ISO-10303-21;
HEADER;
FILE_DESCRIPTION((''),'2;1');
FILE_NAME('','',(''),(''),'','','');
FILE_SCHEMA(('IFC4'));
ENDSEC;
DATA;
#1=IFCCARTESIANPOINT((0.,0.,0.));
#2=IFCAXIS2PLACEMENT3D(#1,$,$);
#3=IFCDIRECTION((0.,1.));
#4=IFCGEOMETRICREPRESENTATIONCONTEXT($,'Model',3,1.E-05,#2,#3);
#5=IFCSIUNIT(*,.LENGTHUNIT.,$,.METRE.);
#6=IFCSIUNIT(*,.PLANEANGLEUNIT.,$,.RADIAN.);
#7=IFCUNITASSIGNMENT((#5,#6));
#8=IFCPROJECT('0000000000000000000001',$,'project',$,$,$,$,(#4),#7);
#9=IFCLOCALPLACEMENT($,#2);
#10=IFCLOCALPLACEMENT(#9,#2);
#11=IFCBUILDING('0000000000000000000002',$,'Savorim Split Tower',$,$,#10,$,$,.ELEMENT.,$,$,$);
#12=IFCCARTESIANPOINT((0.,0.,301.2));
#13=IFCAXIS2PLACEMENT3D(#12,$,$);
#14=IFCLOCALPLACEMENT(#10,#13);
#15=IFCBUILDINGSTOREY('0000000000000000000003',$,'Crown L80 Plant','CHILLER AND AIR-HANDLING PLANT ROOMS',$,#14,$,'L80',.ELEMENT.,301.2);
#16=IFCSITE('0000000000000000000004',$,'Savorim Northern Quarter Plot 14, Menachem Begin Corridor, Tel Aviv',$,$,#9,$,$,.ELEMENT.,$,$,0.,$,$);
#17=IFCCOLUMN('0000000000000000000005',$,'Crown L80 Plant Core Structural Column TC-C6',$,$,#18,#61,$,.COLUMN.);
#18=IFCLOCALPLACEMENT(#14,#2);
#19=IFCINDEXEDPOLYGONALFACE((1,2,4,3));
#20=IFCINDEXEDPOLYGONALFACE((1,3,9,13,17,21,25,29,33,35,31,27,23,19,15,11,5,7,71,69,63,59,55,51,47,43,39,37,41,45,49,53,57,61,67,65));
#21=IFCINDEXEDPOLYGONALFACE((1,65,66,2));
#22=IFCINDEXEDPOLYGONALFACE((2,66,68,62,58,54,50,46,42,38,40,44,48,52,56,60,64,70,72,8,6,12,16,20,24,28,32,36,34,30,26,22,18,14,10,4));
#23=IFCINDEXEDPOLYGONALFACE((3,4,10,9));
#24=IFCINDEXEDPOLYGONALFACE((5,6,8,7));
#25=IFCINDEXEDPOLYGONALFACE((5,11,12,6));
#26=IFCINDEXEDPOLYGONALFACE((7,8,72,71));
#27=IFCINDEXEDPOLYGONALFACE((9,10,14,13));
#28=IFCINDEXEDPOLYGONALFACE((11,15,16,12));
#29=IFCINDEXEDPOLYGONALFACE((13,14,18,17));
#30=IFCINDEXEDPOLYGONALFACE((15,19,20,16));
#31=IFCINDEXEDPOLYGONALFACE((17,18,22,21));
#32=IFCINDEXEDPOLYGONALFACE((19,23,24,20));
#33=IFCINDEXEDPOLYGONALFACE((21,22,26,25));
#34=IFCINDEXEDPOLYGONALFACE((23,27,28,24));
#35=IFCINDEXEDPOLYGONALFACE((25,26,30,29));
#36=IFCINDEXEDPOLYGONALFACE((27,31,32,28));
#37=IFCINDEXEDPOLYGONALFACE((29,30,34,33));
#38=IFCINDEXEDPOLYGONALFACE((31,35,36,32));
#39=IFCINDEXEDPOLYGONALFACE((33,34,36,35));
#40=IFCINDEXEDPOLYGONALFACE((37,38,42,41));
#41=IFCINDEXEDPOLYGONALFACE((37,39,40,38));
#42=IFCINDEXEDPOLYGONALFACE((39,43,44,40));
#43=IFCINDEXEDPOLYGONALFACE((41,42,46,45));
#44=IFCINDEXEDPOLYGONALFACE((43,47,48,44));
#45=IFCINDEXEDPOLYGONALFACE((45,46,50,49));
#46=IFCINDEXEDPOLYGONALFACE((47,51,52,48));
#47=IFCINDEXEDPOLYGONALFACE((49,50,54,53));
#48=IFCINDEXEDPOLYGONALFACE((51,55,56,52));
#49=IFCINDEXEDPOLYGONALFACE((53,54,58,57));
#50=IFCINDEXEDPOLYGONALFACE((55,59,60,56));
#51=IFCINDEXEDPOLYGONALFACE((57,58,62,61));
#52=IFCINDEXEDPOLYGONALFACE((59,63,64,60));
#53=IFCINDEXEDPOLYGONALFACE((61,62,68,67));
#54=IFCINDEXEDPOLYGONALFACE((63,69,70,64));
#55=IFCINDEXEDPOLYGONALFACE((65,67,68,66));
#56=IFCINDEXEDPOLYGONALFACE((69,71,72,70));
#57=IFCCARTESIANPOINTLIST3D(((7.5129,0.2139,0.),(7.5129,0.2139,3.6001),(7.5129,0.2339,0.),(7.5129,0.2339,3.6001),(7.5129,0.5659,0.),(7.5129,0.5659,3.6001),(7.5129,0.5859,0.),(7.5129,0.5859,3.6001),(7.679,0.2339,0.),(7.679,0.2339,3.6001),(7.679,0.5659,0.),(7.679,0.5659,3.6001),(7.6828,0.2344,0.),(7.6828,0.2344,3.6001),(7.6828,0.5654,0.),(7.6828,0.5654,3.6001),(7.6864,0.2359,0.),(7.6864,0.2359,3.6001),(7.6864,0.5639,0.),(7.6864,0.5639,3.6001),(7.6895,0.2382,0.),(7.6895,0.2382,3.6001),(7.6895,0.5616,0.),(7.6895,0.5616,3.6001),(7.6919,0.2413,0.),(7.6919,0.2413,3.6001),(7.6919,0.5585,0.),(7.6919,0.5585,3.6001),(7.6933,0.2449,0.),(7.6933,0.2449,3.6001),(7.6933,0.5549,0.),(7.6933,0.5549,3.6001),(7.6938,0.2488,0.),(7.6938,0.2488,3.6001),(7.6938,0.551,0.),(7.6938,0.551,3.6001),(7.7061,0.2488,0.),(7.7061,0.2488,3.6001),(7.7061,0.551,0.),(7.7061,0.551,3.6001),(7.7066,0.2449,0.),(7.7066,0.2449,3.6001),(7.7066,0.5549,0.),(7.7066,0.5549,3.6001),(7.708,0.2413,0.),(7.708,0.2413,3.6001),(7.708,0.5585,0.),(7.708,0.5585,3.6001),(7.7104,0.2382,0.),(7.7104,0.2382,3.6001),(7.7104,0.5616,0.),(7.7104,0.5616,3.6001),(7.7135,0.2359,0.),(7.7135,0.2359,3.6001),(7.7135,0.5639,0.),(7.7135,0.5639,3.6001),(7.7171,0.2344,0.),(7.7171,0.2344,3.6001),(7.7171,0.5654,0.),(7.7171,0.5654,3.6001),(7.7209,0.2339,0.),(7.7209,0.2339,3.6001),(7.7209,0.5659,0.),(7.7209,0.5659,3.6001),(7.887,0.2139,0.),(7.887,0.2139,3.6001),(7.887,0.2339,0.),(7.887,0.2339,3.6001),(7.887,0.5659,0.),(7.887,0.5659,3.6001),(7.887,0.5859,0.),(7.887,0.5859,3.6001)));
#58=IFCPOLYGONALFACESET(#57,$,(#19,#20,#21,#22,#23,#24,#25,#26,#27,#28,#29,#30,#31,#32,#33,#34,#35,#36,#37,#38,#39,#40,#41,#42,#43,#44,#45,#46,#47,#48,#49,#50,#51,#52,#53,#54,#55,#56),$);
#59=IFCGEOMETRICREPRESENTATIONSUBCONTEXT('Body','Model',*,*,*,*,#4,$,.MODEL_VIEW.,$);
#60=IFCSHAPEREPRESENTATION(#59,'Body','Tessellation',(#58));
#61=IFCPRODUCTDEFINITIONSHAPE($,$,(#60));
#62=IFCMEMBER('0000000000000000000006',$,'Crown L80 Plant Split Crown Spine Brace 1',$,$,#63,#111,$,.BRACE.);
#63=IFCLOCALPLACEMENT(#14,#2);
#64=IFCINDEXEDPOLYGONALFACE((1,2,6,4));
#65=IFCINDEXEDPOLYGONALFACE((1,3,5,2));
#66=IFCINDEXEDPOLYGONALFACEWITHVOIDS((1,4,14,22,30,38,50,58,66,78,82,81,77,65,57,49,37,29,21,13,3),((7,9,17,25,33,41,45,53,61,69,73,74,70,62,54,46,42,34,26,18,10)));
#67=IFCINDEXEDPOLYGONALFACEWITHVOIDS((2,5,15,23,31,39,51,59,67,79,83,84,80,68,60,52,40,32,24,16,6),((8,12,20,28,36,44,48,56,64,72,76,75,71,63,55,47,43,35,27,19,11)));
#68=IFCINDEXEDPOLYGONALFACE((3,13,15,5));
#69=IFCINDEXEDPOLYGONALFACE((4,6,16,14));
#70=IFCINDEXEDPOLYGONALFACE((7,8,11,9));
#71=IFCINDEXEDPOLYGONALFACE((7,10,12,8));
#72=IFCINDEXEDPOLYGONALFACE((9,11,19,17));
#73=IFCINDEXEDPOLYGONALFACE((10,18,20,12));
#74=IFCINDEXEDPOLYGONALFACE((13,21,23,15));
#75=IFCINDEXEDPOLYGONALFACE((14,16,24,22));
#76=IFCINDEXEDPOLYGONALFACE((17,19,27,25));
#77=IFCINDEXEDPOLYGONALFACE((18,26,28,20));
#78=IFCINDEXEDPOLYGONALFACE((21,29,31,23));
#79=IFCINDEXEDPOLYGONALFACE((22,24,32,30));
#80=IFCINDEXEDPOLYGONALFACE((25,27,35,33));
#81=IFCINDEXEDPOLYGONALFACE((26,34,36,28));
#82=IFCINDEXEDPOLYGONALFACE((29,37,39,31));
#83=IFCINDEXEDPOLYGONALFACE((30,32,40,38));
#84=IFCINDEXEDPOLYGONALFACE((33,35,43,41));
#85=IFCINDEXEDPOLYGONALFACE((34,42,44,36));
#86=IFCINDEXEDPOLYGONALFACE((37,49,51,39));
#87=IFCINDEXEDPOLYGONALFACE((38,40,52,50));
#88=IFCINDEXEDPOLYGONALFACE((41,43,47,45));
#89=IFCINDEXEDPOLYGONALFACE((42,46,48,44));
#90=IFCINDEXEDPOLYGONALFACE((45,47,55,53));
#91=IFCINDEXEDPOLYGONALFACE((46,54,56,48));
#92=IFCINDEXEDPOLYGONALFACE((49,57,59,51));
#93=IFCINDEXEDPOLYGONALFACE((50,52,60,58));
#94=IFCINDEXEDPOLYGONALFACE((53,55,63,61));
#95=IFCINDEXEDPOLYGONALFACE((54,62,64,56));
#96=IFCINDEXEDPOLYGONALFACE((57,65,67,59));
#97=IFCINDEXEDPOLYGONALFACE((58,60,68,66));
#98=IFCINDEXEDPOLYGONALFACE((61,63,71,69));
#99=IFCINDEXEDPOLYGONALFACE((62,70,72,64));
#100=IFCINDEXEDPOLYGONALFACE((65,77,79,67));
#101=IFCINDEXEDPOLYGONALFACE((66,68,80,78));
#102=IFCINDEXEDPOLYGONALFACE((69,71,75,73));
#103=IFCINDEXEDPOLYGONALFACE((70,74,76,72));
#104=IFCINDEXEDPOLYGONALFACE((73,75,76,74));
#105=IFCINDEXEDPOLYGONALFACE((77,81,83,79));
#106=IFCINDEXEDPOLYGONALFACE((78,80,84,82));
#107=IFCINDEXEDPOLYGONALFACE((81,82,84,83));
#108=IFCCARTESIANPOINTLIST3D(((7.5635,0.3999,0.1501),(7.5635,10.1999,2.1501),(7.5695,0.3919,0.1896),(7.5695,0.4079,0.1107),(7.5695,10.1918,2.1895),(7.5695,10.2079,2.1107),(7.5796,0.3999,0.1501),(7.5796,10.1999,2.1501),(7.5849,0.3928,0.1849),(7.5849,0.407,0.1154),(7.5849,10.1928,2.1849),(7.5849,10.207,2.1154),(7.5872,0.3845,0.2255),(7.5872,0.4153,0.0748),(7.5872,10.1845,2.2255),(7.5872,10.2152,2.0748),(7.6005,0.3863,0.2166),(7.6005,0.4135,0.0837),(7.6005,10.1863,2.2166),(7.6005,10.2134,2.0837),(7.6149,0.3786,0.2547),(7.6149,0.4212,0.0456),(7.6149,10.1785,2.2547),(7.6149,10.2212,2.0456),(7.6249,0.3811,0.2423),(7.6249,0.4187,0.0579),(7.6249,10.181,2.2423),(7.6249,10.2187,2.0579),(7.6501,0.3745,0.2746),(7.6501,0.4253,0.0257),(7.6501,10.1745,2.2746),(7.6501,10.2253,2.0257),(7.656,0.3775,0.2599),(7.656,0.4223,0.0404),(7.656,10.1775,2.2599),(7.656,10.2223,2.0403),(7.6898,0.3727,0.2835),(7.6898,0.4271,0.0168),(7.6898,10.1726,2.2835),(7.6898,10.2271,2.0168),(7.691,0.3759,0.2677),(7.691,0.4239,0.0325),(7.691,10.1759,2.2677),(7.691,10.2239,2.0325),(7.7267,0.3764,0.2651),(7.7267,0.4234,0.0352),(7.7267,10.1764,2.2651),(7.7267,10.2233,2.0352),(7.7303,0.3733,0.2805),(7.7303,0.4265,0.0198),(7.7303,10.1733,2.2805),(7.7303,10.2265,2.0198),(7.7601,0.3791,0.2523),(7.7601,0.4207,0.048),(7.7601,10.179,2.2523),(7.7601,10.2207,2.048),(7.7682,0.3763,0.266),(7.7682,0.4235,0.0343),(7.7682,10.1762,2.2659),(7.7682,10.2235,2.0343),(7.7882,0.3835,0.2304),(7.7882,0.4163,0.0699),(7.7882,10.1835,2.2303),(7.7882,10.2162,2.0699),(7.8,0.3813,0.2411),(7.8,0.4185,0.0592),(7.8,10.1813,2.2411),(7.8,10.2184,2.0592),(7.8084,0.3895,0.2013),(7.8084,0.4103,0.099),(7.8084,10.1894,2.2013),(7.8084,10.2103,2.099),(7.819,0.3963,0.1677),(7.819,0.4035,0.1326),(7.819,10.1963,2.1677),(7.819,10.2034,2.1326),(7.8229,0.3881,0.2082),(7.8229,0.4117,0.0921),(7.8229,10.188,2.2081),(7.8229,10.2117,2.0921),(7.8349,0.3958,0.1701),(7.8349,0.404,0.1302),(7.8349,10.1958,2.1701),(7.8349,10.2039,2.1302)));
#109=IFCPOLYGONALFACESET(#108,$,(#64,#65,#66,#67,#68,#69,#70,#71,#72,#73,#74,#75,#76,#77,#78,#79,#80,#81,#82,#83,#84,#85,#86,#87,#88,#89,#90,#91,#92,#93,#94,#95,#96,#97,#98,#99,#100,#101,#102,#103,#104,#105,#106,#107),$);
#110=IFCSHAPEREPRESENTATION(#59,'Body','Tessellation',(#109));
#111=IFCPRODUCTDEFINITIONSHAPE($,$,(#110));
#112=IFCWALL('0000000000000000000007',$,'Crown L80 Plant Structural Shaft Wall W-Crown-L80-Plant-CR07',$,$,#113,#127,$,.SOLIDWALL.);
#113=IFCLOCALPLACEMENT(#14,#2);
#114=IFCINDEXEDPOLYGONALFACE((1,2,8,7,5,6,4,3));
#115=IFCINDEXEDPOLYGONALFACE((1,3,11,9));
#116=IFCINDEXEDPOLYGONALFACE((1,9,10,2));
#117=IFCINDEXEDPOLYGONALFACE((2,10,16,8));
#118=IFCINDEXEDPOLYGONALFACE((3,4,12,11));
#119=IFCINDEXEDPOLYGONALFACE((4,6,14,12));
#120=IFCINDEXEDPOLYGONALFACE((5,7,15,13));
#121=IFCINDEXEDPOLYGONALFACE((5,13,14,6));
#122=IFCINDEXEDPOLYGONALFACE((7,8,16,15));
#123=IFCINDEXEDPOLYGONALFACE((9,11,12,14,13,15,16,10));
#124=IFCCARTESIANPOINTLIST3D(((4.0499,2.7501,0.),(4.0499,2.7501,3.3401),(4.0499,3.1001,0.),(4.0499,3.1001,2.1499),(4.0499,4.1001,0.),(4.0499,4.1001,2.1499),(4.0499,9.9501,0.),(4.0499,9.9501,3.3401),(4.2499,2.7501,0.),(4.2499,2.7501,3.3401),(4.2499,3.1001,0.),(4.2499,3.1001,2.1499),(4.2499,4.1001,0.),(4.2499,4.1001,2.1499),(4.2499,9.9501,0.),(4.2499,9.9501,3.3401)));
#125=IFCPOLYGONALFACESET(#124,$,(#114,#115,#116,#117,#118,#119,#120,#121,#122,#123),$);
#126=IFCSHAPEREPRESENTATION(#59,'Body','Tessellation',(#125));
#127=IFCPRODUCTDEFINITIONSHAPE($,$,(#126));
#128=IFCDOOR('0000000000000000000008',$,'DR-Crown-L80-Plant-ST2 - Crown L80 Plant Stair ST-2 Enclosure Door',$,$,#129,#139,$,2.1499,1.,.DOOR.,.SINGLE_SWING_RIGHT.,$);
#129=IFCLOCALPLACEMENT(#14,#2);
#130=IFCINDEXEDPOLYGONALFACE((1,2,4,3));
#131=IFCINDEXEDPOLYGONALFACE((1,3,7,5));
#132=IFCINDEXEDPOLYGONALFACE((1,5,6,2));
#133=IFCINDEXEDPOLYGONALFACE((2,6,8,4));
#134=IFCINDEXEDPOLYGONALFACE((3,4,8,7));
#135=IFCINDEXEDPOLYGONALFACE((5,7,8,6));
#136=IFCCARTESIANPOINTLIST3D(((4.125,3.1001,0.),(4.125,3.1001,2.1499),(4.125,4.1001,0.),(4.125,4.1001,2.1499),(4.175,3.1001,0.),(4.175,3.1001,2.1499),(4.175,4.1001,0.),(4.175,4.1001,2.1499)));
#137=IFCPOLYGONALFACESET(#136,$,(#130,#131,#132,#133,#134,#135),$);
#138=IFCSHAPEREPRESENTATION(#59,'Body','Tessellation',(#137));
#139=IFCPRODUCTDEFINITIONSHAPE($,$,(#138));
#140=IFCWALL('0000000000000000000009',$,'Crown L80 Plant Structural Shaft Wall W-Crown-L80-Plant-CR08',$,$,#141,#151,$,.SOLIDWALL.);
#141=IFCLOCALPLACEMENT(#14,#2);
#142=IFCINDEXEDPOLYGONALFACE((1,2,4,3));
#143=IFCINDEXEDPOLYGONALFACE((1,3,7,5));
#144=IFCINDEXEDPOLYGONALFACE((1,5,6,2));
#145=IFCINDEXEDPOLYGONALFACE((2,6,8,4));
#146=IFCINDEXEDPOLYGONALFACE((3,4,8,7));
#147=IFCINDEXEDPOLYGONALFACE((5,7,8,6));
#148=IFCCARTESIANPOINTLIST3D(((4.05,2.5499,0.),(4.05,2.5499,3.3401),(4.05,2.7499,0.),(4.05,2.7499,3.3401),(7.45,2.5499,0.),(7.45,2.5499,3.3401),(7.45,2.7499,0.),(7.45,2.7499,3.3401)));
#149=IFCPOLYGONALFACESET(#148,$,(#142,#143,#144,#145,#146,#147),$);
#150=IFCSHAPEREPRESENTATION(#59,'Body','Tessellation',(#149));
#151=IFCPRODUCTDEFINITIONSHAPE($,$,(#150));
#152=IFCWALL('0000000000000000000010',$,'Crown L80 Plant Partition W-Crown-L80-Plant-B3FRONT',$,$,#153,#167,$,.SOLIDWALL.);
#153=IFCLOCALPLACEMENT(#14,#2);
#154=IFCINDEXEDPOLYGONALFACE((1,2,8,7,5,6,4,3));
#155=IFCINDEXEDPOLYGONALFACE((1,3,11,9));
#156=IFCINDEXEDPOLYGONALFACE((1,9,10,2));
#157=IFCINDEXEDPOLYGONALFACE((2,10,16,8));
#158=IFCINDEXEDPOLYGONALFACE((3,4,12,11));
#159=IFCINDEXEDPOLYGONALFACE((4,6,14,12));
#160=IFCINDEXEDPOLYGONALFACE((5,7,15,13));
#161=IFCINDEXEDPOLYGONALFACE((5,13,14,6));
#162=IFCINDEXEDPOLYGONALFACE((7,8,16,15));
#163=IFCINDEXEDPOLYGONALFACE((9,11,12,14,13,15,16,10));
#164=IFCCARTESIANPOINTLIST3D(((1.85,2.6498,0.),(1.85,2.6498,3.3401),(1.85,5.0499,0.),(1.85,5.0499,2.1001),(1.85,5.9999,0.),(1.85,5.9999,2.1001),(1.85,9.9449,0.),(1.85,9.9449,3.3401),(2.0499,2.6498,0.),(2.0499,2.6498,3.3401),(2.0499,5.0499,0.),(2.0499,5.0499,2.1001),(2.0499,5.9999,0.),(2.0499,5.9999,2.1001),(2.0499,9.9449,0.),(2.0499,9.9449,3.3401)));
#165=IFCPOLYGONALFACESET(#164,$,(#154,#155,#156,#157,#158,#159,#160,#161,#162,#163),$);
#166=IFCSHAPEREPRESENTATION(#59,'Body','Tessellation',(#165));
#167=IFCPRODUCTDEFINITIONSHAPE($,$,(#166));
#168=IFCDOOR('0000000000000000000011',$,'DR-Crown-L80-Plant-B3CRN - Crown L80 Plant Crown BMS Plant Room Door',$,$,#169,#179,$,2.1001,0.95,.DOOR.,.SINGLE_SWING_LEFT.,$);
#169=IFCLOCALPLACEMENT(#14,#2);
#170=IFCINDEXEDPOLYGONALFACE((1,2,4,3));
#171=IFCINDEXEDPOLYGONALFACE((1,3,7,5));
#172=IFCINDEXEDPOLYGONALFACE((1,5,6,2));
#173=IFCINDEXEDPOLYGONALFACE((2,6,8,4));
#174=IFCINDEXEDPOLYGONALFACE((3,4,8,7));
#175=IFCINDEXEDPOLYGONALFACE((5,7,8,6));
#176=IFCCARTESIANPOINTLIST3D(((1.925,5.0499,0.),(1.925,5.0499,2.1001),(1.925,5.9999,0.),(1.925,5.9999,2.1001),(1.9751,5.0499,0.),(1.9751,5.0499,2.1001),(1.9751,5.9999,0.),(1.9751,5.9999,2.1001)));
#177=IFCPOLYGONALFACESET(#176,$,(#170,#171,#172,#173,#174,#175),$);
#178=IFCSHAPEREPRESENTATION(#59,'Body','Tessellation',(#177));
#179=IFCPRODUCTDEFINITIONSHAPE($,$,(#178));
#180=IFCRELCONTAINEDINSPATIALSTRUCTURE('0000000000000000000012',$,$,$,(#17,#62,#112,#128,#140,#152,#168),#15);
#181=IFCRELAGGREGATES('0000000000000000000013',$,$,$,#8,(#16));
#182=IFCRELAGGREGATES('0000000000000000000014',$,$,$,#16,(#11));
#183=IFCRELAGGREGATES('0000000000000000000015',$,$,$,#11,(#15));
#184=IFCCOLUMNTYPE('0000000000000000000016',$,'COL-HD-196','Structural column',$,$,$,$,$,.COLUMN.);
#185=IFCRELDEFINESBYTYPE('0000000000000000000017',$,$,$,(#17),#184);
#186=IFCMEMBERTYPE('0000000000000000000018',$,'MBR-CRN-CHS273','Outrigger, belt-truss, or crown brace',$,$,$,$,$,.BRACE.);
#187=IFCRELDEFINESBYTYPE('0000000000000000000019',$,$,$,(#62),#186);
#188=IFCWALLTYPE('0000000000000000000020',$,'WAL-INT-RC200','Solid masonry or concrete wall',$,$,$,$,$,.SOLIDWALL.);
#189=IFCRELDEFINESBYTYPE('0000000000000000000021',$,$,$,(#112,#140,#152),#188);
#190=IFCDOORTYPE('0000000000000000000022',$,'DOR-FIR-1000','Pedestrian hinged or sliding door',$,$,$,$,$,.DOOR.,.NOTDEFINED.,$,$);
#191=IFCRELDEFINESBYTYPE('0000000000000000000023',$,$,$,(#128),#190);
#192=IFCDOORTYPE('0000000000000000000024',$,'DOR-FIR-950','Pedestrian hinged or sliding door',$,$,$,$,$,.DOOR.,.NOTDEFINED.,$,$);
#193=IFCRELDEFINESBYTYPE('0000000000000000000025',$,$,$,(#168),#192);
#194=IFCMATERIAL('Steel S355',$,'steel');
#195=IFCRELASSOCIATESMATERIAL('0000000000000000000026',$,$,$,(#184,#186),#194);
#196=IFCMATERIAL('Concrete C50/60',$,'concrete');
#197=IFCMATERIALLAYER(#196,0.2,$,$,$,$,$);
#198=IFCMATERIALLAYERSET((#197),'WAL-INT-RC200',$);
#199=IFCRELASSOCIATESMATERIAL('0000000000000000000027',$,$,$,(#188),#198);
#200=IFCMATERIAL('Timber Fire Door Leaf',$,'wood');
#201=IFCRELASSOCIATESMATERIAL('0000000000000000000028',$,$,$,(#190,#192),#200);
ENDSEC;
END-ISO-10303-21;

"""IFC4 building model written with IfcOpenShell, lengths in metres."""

from ifc_helpers import new_model, si_unit, direction, frame, frame_2d, origin, origin_2d, place, context, subcontext, project, spatial, rectangle, hollow_circle, i_section, extrude, material, layer, layer_set, material_profile, profile_set, type_object, element, fill, save


model = new_model("IFC4")

# Units and contexts
model_context = context("Model", 3, precision=1e-05, world=origin(), true_north=direction((0.0, 1.0)))
body_context = subcontext(model_context, "Body", "Model", "MODEL_VIEW")
ifc_project = project(units=[si_unit("LENGTHUNIT", "METRE"), si_unit("PLANEANGLEUNIT", "RADIAN")], contexts=[model_context])

# Site, building, storey
site_placement = place(None, origin())
site = spatial("IfcSite", under=ifc_project, at=site_placement, Name="Savorim Northern Quarter Plot 14, Menachem Begin Corridor, Tel Aviv", CompositionType="ELEMENT", RefElevation=0.0)
building_placement = place(site_placement, origin())
building = spatial("IfcBuilding", under=site, at=building_placement, Name="Savorim Split Tower", CompositionType="ELEMENT")
storey_placement = place(building_placement, frame((0.0, 0.0, 301.2)))
storey = spatial("IfcBuildingStorey", under=building, at=storey_placement, Name="Crown L80 Plant", Description="CHILLER AND AIR-HANDLING PLANT ROOMS", LongName="L80", CompositionType="ELEMENT", Elevation=301.2)

# Column
ifc_material_1 = material(Name="Steel S355", Category="steel")
ifc_material_profile_1 = material_profile(ifc_material_1, i_section(OverallWidth=0.374, OverallDepth=0.3721, WebThickness=0.0122, FlangeThickness=0.02, FilletRadius=0.0149, at=origin_2d()), Name="HD 360x196")
ifc_profile_set_1 = profile_set([ifc_material_profile_1], Name="Steel S355")
column_type = type_object("IfcColumnType", Name="COL-HD-196", Description="Structural column", PredefinedType="COLUMN", material=ifc_profile_set_1)
column_placement = place(storey_placement, frame((7.7, 0.3999, 0.0), z_axis=(0.0, 0.0, 1.0), x_axis=(1.0, 0.0, 0.0)))
element("IfcColumn", 1, at=column_placement, inside=storey, type_object=column_type, Name="Crown L80 Plant Core Structural Column TC-C6", PredefinedType="COLUMN", context=body_context, shape_type="SweptSolid", body=[
    extrude(i_section(OverallWidth=0.374, OverallDepth=0.3721, WebThickness=0.0122, FlangeThickness=0.02, FilletRadius=0.0149, at=origin_2d()), origin(), (0.0, 0.0, 1.0), 3.6001),
])

# Member
ifc_material_profile_2 = material_profile(ifc_material_1, hollow_circle(Radius=0.1365, WallThickness=0.0161, at=origin_2d()), Name="CHS 273x16")
ifc_profile_set_2 = profile_set([ifc_material_profile_2], Name="Steel S355")
member_type = type_object("IfcMemberType", Name="MBR-CRN-CHS273", Description="Outrigger, belt-truss, or crown brace", PredefinedType="BRACE", material=ifc_profile_set_2)
member_placement = place(storey_placement, frame((7.7, 0.3999, 0.1501), z_axis=(0.0, 0.979804, 0.199959), x_axis=(-1.0, 0.0, 0.0)))
element("IfcMember", 2, at=member_placement, inside=storey, type_object=member_type, Name="Crown L80 Plant Split Crown Spine Brace 1", PredefinedType="BRACE", context=body_context, shape_type="SweptSolid", body=[
    extrude(hollow_circle(Radius=0.1365, WallThickness=0.0161, at=origin_2d()), origin(), (0.0, 0.0, 1.0), 10.002),
])

# Wall, opening, door
ifc_material_2 = material(Name="Concrete C50/60", Category="concrete")
ifc_layer_1 = layer(ifc_material_2, 0.2)
ifc_layer_set_1 = layer_set([ifc_layer_1], Name="WAL-INT-RC200")
wall_type = type_object("IfcWallType", Name="WAL-INT-RC200", Description="Solid masonry or concrete wall", PredefinedType="SOLIDWALL", material=ifc_layer_set_1)
wall_1_placement = place(storey_placement, frame((4.1499, 2.75, 0.0), z_axis=(0.0, 0.0, 1.0), x_axis=(0.0, 1.0, 0.0)))
wall_1 = element("IfcWall", 3, at=wall_1_placement, inside=storey, type_object=wall_type, Name="Crown L80 Plant Structural Shaft Wall W-Crown-L80-Plant-CR07", PredefinedType="SOLIDWALL", context=body_context, shape_type="SweptSolid", body=[
    extrude(rectangle(XDim=7.2, YDim=0.2, at=frame_2d((3.6001, 0.0))), origin(), (0.0, 0.0, 1.0), 3.3401),
])
opening_1_placement = place(wall_1_placement, frame((0.3501, 0.0, 0.0)))
opening_1 = element("IfcOpeningElement", 4, at=opening_1_placement, cuts=wall_1, PredefinedType="OPENING", context=body_context, shape_type="SweptSolid", body=[
    extrude(rectangle(XDim=1.0, YDim=2.1499, at=frame_2d((0.5, 1.075))), frame((0.0, 0.1099, 0.0), z_axis=(0.0, -1.0, 0.0), x_axis=(1.0, 0.0, 0.0)), (0.0, 0.0, 1.0), 0.22),
])
ifc_material_3 = material(Name="Timber Fire Door Leaf", Category="wood")
door_type_1 = type_object("IfcDoorType", Name="DOR-FIR-1000", Description="Pedestrian hinged or sliding door", OperationType="NOTDEFINED", PredefinedType="DOOR", material=ifc_material_3)
door_1_placement = place(opening_1_placement, origin())
door_1 = element("IfcDoor", 5, at=door_1_placement, inside=storey, type_object=door_type_1, Name="DR-Crown-L80-Plant-ST2 - Crown L80 Plant Stair ST-2 Enclosure Door", OperationType="SINGLE_SWING_RIGHT", OverallHeight=2.1499, OverallWidth=1.0, PredefinedType="DOOR", context=body_context, shape_type="SweptSolid", body=[
    extrude(rectangle(XDim=1.0, YDim=2.1499, at=frame_2d((0.5, 1.075))), frame((0.0, 0.0249, 0.0), z_axis=(0.0, -1.0, 0.0), x_axis=(1.0, 0.0, 0.0)), (0.0, 0.0, 1.0), 0.05),
])
fill(opening_1, door_1)

# Wall
wall_2_placement = place(storey_placement, frame((4.05, 2.6499, 0.0), z_axis=(0.0, 0.0, 1.0), x_axis=(1.0, 0.0, 0.0)))
element("IfcWall", 6, at=wall_2_placement, inside=storey, type_object=wall_type, Name="Crown L80 Plant Structural Shaft Wall W-Crown-L80-Plant-CR08", PredefinedType="SOLIDWALL", context=body_context, shape_type="SweptSolid", body=[
    extrude(rectangle(XDim=3.3999, YDim=0.2, at=frame_2d((1.7, 0.0))), origin(), (0.0, 0.0, 1.0), 3.3401),
])

# Wall, opening, door
wall_3_placement = place(storey_placement, frame((1.95, 2.6499, 0.0), z_axis=(0.0, 0.0, 1.0), x_axis=(0.0, 1.0, 0.0)))
wall_3 = element("IfcWall", 7, at=wall_3_placement, inside=storey, type_object=wall_type, Name="Crown L80 Plant Partition W-Crown-L80-Plant-B3FRONT", PredefinedType="SOLIDWALL", context=body_context, shape_type="SweptSolid", body=[
    extrude(rectangle(XDim=7.2952, YDim=0.2, at=frame_2d((3.6475, 0.0))), origin(), (0.0, 0.0, 1.0), 3.3401),
])
opening_2_placement = place(wall_3_placement, frame((2.3999, 0.0, 0.0)))
opening_2 = element("IfcOpeningElement", 8, at=opening_2_placement, cuts=wall_3, PredefinedType="OPENING", context=body_context, shape_type="SweptSolid", body=[
    extrude(rectangle(XDim=0.95, YDim=2.1001, at=frame_2d((0.4751, 1.05))), frame((0.0, 0.1099, 0.0), z_axis=(0.0, -1.0, 0.0), x_axis=(1.0, 0.0, 0.0)), (0.0, 0.0, 1.0), 0.22),
])
door_type_2 = type_object("IfcDoorType", Name="DOR-FIR-950", Description="Pedestrian hinged or sliding door", OperationType="NOTDEFINED", PredefinedType="DOOR", material=ifc_material_3)
door_2_placement = place(opening_2_placement, origin())
door_2 = element("IfcDoor", 9, at=door_2_placement, inside=storey, type_object=door_type_2, Name="DR-Crown-L80-Plant-B3CRN - Crown L80 Plant Crown BMS Plant Room Door", OperationType="SINGLE_SWING_LEFT", OverallHeight=2.1001, OverallWidth=0.95, PredefinedType="DOOR", context=body_context, shape_type="SweptSolid", body=[
    extrude(rectangle(XDim=0.95, YDim=2.1001, at=frame_2d((0.4751, 1.05))), frame((0.0, 0.0249, 0.0), z_axis=(0.0, -1.0, 0.0), x_axis=(1.0, 0.0, 0.0)), (0.0, 0.0, 1.0), 0.05),
])
fill(opening_2, door_2)

save(model, "model.ifc")
